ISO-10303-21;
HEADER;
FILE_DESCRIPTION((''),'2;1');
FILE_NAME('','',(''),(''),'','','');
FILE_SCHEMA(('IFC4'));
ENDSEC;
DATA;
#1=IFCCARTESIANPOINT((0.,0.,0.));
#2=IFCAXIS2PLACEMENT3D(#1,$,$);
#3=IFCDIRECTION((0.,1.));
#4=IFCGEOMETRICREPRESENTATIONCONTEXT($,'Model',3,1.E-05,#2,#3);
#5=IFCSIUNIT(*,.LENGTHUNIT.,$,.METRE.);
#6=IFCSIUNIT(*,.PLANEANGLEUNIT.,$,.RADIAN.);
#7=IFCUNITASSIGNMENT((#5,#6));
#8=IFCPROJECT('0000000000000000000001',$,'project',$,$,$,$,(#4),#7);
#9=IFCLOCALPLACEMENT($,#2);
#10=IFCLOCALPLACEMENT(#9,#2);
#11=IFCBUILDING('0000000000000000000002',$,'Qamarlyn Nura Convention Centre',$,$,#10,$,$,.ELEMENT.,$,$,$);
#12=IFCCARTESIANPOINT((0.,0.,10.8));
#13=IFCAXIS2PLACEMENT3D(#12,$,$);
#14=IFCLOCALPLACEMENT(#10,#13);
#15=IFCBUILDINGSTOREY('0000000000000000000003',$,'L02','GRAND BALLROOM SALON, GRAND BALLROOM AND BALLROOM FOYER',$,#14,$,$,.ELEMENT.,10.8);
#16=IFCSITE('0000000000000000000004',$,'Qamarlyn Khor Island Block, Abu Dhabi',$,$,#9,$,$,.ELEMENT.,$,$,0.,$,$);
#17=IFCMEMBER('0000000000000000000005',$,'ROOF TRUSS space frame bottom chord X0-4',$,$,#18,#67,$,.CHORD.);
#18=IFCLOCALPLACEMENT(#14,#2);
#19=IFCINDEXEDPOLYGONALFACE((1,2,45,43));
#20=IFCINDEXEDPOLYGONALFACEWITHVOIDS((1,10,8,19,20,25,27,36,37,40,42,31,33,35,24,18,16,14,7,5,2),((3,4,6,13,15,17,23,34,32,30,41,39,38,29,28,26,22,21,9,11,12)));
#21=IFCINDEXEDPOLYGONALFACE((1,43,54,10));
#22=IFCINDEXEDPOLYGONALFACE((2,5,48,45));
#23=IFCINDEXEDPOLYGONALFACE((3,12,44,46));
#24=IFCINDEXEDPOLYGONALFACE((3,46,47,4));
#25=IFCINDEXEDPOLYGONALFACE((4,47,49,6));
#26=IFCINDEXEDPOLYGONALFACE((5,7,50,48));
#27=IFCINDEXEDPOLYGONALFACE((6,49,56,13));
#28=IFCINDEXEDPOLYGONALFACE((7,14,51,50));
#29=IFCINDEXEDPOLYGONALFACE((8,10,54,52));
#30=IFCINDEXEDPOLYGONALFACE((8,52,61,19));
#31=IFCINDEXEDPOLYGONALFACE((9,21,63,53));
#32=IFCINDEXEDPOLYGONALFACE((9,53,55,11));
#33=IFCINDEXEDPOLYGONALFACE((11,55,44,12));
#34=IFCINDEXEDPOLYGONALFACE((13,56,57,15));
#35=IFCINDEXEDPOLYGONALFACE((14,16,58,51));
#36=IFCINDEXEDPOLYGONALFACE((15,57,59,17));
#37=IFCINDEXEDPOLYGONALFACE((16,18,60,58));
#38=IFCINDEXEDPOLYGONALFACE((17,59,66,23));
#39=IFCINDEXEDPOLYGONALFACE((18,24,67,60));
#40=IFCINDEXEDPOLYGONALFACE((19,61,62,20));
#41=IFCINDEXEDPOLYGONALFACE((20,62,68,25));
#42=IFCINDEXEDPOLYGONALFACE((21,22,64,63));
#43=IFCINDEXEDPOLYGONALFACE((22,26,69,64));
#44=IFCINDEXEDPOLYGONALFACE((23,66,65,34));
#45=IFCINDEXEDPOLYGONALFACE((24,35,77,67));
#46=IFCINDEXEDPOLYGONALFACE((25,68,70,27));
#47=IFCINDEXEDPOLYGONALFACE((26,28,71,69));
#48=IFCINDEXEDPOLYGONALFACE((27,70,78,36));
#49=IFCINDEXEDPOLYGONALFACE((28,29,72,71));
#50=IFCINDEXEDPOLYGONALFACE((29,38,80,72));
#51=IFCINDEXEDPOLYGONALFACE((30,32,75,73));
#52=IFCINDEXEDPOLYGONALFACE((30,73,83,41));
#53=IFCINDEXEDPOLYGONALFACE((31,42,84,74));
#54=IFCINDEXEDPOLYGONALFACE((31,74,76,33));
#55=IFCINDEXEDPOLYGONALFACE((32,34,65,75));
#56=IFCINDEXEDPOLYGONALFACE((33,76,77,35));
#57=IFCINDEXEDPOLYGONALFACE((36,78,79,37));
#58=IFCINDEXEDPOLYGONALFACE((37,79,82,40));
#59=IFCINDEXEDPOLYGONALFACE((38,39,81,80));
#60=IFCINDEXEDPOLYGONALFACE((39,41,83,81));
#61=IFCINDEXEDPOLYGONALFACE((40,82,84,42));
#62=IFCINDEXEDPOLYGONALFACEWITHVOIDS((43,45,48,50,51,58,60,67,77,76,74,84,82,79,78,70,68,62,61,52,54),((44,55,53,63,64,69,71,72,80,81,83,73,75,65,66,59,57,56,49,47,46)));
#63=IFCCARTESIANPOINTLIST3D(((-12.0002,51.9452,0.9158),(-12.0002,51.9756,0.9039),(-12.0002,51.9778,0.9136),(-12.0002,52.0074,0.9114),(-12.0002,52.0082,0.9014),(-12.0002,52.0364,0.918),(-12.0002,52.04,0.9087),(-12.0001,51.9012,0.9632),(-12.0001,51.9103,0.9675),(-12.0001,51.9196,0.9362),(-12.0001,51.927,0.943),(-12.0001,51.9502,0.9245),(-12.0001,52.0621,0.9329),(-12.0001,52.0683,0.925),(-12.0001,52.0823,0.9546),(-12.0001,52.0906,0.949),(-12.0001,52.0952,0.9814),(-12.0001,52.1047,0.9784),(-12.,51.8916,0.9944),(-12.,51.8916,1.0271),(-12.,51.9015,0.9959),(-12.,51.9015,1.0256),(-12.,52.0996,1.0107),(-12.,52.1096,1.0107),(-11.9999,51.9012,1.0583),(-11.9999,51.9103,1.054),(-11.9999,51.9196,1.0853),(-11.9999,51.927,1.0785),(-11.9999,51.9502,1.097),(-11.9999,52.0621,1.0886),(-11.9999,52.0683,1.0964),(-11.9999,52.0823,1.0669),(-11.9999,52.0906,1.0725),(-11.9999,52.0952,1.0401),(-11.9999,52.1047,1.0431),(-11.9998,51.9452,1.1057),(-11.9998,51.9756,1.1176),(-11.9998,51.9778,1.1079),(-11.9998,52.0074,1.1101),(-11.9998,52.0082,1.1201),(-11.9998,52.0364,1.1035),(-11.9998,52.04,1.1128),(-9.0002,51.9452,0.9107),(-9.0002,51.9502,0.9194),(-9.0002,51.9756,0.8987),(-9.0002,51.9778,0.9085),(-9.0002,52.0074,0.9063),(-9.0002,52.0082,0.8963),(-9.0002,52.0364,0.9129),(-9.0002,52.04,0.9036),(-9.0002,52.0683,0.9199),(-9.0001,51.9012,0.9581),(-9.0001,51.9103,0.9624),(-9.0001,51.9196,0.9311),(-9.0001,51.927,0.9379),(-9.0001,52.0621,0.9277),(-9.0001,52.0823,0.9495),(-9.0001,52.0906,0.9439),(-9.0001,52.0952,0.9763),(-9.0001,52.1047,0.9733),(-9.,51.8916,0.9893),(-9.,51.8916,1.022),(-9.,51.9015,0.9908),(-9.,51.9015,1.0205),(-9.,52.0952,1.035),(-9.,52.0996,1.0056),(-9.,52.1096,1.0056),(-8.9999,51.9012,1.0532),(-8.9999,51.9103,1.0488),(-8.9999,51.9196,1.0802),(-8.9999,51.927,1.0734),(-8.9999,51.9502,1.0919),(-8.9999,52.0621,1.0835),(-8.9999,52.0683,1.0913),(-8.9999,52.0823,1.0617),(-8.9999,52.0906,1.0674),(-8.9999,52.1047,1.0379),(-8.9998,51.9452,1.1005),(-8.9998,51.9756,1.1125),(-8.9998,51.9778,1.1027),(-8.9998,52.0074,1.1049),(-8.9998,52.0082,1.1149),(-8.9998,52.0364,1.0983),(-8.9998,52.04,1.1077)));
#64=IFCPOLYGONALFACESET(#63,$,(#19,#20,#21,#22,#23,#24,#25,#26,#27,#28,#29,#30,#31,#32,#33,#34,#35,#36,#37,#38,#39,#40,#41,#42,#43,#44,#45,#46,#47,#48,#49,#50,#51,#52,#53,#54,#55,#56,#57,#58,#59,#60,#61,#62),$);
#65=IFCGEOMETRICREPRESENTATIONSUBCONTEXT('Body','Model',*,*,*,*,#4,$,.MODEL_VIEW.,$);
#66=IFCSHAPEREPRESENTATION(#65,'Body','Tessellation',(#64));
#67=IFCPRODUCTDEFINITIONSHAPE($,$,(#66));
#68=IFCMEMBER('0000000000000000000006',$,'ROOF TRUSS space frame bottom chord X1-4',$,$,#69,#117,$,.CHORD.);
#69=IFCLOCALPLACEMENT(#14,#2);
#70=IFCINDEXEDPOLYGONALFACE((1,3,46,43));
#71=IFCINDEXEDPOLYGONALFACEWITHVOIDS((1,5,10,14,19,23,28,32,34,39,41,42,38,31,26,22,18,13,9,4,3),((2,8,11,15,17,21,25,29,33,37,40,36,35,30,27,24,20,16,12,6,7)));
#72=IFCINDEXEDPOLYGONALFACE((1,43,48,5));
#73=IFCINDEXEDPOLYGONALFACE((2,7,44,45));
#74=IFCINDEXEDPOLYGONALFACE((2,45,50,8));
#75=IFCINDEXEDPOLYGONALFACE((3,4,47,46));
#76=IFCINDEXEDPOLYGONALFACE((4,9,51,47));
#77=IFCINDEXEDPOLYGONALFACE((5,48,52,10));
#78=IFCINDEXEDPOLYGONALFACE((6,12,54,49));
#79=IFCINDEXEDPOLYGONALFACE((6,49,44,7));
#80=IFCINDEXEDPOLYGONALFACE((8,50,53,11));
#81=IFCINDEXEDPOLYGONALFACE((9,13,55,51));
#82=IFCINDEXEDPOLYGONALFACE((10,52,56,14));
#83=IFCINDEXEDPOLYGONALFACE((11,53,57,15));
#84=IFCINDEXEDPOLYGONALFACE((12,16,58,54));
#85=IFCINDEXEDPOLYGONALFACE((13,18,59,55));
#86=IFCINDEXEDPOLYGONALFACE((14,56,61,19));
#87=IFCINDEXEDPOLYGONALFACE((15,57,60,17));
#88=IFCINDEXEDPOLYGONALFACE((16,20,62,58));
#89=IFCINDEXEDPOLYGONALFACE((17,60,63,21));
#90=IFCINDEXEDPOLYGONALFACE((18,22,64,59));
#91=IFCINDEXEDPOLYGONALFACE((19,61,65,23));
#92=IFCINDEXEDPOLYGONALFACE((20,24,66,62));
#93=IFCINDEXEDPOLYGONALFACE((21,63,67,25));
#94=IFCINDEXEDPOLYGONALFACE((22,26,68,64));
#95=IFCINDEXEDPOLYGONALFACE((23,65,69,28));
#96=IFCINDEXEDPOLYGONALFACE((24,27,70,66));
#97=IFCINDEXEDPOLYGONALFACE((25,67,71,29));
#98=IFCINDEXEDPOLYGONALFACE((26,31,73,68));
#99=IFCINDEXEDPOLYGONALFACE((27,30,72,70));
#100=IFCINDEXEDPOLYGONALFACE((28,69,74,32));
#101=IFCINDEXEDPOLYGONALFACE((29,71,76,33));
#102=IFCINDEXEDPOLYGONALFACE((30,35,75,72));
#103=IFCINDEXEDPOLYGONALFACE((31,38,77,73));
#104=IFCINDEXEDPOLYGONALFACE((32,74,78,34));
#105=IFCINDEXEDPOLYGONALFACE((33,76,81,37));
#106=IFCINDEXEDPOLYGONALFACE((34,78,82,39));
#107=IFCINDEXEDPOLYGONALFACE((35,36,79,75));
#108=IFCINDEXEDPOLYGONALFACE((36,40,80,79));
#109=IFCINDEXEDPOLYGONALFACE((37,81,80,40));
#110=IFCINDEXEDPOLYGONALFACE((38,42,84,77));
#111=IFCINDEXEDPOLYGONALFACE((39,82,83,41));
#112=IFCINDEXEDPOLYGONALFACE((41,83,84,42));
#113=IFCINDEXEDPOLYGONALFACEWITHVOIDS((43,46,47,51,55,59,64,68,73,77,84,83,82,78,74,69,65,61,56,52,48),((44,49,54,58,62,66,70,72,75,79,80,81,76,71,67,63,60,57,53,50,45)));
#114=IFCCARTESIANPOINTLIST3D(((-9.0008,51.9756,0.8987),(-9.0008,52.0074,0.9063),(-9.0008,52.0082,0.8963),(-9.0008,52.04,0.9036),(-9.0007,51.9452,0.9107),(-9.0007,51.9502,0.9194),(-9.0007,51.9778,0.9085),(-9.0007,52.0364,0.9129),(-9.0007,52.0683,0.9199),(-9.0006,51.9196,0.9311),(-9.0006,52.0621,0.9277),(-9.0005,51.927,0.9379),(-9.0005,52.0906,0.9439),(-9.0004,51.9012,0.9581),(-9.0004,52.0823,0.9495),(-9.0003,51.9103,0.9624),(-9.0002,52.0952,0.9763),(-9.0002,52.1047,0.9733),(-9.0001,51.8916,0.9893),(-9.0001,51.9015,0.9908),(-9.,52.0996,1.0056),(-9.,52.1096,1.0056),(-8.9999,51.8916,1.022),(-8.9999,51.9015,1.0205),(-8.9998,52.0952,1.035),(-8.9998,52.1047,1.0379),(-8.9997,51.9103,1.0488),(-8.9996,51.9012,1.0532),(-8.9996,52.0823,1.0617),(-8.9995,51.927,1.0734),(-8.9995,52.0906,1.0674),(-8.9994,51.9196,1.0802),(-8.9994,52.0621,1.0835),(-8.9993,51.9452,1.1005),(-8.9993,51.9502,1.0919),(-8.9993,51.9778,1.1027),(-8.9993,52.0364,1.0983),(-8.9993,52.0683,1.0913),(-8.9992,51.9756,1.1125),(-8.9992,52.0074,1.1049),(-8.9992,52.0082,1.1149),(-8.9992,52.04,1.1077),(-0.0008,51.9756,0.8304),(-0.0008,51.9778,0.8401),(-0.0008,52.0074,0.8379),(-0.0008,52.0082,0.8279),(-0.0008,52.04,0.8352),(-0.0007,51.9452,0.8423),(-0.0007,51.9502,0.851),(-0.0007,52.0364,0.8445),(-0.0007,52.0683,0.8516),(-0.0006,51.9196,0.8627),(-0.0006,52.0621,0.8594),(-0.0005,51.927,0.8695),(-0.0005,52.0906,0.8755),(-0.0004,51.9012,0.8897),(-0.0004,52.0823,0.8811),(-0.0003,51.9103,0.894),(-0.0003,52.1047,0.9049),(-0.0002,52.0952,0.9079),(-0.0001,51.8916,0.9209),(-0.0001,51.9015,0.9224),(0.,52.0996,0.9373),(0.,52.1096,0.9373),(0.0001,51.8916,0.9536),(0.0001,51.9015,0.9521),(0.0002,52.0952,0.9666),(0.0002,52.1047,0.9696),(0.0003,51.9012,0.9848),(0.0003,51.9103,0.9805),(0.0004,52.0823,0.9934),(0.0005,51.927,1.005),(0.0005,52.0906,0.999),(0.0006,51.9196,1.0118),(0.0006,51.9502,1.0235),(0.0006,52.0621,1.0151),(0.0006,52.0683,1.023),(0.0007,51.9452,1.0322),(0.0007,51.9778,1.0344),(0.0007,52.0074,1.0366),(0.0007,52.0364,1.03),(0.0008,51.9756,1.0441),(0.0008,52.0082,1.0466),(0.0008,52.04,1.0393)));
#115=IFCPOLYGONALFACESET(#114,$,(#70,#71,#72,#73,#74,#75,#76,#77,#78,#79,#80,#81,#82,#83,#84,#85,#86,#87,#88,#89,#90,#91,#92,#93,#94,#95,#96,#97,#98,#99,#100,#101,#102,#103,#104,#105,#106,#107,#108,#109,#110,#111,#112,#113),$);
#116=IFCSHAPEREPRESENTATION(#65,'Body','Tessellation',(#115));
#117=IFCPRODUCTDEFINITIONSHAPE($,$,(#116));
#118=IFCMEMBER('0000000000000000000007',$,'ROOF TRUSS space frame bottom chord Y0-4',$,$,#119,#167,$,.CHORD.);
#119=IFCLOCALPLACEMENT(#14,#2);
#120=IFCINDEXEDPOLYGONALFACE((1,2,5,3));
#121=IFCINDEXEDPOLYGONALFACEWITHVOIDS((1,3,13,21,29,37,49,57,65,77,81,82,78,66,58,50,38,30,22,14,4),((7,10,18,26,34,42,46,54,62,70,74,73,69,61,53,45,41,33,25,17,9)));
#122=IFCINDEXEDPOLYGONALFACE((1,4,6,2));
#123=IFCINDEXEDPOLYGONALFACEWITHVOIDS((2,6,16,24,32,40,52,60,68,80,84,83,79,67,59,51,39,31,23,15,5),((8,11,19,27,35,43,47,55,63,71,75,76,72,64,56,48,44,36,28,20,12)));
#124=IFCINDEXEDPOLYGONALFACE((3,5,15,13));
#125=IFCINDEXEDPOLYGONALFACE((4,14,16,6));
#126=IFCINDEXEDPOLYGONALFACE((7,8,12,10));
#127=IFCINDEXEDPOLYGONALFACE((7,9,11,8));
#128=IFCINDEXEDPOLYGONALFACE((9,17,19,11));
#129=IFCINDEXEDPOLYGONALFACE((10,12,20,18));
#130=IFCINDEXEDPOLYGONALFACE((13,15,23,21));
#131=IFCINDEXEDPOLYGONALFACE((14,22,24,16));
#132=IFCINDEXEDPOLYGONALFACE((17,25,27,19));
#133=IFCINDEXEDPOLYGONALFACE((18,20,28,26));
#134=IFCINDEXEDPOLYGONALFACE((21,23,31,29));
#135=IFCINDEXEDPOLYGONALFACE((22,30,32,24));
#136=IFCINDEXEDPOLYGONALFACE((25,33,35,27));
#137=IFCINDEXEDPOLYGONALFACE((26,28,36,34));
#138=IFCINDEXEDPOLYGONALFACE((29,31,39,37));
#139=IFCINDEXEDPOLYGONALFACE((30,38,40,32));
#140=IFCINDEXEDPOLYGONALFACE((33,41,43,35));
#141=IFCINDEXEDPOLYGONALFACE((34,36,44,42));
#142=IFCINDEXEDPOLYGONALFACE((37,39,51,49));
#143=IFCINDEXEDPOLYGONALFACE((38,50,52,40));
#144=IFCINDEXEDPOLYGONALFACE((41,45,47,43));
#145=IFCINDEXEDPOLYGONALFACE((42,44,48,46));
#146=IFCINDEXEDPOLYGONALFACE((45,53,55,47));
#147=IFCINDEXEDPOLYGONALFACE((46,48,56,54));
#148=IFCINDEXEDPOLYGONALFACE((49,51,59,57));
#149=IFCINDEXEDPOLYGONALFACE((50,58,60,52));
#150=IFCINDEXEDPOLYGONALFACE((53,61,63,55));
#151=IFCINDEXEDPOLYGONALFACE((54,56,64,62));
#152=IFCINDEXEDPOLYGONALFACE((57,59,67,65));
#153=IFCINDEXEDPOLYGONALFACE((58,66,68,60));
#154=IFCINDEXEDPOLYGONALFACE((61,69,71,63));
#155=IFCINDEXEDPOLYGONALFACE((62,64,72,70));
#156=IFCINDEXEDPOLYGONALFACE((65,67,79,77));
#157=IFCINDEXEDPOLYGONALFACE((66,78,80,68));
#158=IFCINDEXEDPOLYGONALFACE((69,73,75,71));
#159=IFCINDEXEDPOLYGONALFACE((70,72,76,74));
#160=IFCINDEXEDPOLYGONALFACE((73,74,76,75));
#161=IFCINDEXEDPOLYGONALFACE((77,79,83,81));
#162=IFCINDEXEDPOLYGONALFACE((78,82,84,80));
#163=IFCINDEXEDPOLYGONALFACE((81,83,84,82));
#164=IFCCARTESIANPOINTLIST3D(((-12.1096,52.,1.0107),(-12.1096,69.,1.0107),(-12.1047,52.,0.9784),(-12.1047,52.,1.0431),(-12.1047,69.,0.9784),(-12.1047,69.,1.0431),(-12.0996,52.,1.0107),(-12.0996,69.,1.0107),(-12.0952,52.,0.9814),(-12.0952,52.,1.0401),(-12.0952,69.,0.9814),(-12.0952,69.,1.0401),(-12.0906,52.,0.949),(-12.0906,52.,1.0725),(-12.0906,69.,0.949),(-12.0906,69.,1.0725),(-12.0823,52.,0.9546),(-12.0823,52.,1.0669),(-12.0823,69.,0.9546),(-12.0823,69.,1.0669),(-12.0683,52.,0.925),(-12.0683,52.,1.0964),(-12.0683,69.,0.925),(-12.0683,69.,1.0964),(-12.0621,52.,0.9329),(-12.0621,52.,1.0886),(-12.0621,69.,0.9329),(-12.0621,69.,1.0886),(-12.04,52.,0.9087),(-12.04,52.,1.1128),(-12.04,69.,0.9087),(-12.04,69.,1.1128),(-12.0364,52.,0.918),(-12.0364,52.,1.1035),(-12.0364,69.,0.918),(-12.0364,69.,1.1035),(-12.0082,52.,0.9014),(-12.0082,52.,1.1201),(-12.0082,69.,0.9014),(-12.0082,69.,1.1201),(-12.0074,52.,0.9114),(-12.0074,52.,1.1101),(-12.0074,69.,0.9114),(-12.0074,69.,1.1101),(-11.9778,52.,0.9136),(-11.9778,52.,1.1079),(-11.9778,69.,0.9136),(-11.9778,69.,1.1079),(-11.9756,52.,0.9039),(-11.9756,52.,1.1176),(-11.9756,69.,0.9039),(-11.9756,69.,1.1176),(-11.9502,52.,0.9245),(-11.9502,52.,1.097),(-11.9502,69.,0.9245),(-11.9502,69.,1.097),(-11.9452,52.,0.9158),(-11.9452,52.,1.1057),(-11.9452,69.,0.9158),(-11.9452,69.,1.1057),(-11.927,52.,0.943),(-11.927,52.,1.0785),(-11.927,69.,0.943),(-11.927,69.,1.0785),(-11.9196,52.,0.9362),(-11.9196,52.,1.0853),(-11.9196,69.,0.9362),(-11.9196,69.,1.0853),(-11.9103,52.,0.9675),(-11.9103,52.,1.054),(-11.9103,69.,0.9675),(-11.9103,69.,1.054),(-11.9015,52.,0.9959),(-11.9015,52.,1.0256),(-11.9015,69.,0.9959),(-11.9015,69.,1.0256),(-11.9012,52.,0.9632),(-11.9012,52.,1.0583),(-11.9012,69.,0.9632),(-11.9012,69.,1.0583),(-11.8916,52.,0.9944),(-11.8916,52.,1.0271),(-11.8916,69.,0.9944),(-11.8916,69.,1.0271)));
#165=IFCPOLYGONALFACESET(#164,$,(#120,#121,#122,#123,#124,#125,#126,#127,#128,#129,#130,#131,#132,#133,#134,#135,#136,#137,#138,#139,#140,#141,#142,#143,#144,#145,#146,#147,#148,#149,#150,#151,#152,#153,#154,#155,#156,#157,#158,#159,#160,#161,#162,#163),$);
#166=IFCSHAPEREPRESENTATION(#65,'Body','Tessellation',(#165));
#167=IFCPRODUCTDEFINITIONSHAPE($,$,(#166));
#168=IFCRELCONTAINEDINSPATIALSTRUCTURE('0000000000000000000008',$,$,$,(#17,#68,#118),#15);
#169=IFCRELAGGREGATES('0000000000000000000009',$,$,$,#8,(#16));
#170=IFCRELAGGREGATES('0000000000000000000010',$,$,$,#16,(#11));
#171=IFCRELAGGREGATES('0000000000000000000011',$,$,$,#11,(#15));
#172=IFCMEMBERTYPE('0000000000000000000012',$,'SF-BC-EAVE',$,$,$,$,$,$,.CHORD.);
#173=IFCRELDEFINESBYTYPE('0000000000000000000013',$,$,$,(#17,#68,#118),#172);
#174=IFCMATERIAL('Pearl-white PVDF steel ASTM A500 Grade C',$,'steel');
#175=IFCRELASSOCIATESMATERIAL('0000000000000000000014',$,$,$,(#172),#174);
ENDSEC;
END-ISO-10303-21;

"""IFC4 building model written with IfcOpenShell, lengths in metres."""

from ifc_helpers import new_model, si_unit, direction, frame, origin, origin_2d, place, context, subcontext, project, spatial, hollow_circle, extrude, material, material_profile, profile_set, type_object, element, save


model = new_model("IFC4")

# Units and contexts
model_context = context("Model", 3, precision=1e-05, world=origin(), true_north=direction((0.0, 1.0)))
body_context = subcontext(model_context, "Body", "Model", "MODEL_VIEW")
ifc_project = project(units=[si_unit("LENGTHUNIT", "METRE"), si_unit("PLANEANGLEUNIT", "RADIAN")], contexts=[model_context])

# Site, building, storey
site_placement = place(None, origin())
site = spatial("IfcSite", under=ifc_project, at=site_placement, Name="Qamarlyn Khor Island Block, Abu Dhabi", CompositionType="ELEMENT", RefElevation=0.0)
building_placement = place(site_placement, origin())
building = spatial("IfcBuilding", under=site, at=building_placement, Name="Qamarlyn Nura Convention Centre", CompositionType="ELEMENT")
storey_placement = place(building_placement, frame((0.0, 0.0, 10.8)))
storey = spatial("IfcBuildingStorey", under=building, at=storey_placement, Name="L02", Description="GRAND BALLROOM SALON, GRAND BALLROOM AND BALLROOM FOYER", CompositionType="ELEMENT", Elevation=10.8)

# Members
ifc_material_1 = material(Name="Pearl-white PVDF steel ASTM A500 Grade C", Category="steel")
ifc_material_profile_1 = material_profile(ifc_material_1, hollow_circle(Radius=0.1096, WallThickness=0.01, at=origin_2d()), Name="CHS219.1X10")
ifc_profile_set_1 = profile_set([ifc_material_profile_1], Name="Pearl-white PVDF steel ASTM A500 Grade C")
member_type_1 = type_object("IfcMemberType", Name="SF-BC-EAVE", PredefinedType="CHORD", material=ifc_profile_set_1)
member_1_placement = place(storey_placement, frame((-12.0, 52.0, 1.0107), z_axis=(0.999999, 0.0, -0.001709), x_axis=(0.0, 1.0, 0.0)))
element("IfcMember", 1, at=member_1_placement, inside=storey, type_object=member_type_1, Name="ROOF TRUSS space frame bottom chord X0-4", PredefinedType="CHORD", context=body_context, shape_type="SweptSolid", body=[
    extrude(hollow_circle(Radius=0.1096, WallThickness=0.01, at=origin_2d()), origin(), (0.0, 0.0, 1.0), 3.0),
])
member_2_placement = place(storey_placement, frame((-9.0, 52.0, 1.0056), z_axis=(0.999971, 0.0, -0.007595), x_axis=(0.0, 1.0, 0.0)))
element("IfcMember", 2, at=member_2_placement, inside=storey, type_object=member_type_1, Name="ROOF TRUSS space frame bottom chord X1-4", PredefinedType="CHORD", context=body_context, shape_type="SweptSolid", body=[
    extrude(hollow_circle(Radius=0.1096, WallThickness=0.01, at=origin_2d()), origin(), (0.0, 0.0, 1.0), 9.0002),
])
member_3_placement = place(storey_placement, frame((-12.0, 52.0, 1.0107), z_axis=(0.0, 1.0, 0.0), x_axis=(-1.0, 0.0, 0.0)))
element("IfcMember", 3, at=member_3_placement, inside=storey, type_object=member_type_1, Name="ROOF TRUSS space frame bottom chord Y0-4", PredefinedType="CHORD", context=body_context, shape_type="SweptSolid", body=[
    extrude(hollow_circle(Radius=0.1096, WallThickness=0.01, at=origin_2d()), origin(), (0.0, 0.0, 1.0), 17.0),
])

save(model, "model.ifc")
